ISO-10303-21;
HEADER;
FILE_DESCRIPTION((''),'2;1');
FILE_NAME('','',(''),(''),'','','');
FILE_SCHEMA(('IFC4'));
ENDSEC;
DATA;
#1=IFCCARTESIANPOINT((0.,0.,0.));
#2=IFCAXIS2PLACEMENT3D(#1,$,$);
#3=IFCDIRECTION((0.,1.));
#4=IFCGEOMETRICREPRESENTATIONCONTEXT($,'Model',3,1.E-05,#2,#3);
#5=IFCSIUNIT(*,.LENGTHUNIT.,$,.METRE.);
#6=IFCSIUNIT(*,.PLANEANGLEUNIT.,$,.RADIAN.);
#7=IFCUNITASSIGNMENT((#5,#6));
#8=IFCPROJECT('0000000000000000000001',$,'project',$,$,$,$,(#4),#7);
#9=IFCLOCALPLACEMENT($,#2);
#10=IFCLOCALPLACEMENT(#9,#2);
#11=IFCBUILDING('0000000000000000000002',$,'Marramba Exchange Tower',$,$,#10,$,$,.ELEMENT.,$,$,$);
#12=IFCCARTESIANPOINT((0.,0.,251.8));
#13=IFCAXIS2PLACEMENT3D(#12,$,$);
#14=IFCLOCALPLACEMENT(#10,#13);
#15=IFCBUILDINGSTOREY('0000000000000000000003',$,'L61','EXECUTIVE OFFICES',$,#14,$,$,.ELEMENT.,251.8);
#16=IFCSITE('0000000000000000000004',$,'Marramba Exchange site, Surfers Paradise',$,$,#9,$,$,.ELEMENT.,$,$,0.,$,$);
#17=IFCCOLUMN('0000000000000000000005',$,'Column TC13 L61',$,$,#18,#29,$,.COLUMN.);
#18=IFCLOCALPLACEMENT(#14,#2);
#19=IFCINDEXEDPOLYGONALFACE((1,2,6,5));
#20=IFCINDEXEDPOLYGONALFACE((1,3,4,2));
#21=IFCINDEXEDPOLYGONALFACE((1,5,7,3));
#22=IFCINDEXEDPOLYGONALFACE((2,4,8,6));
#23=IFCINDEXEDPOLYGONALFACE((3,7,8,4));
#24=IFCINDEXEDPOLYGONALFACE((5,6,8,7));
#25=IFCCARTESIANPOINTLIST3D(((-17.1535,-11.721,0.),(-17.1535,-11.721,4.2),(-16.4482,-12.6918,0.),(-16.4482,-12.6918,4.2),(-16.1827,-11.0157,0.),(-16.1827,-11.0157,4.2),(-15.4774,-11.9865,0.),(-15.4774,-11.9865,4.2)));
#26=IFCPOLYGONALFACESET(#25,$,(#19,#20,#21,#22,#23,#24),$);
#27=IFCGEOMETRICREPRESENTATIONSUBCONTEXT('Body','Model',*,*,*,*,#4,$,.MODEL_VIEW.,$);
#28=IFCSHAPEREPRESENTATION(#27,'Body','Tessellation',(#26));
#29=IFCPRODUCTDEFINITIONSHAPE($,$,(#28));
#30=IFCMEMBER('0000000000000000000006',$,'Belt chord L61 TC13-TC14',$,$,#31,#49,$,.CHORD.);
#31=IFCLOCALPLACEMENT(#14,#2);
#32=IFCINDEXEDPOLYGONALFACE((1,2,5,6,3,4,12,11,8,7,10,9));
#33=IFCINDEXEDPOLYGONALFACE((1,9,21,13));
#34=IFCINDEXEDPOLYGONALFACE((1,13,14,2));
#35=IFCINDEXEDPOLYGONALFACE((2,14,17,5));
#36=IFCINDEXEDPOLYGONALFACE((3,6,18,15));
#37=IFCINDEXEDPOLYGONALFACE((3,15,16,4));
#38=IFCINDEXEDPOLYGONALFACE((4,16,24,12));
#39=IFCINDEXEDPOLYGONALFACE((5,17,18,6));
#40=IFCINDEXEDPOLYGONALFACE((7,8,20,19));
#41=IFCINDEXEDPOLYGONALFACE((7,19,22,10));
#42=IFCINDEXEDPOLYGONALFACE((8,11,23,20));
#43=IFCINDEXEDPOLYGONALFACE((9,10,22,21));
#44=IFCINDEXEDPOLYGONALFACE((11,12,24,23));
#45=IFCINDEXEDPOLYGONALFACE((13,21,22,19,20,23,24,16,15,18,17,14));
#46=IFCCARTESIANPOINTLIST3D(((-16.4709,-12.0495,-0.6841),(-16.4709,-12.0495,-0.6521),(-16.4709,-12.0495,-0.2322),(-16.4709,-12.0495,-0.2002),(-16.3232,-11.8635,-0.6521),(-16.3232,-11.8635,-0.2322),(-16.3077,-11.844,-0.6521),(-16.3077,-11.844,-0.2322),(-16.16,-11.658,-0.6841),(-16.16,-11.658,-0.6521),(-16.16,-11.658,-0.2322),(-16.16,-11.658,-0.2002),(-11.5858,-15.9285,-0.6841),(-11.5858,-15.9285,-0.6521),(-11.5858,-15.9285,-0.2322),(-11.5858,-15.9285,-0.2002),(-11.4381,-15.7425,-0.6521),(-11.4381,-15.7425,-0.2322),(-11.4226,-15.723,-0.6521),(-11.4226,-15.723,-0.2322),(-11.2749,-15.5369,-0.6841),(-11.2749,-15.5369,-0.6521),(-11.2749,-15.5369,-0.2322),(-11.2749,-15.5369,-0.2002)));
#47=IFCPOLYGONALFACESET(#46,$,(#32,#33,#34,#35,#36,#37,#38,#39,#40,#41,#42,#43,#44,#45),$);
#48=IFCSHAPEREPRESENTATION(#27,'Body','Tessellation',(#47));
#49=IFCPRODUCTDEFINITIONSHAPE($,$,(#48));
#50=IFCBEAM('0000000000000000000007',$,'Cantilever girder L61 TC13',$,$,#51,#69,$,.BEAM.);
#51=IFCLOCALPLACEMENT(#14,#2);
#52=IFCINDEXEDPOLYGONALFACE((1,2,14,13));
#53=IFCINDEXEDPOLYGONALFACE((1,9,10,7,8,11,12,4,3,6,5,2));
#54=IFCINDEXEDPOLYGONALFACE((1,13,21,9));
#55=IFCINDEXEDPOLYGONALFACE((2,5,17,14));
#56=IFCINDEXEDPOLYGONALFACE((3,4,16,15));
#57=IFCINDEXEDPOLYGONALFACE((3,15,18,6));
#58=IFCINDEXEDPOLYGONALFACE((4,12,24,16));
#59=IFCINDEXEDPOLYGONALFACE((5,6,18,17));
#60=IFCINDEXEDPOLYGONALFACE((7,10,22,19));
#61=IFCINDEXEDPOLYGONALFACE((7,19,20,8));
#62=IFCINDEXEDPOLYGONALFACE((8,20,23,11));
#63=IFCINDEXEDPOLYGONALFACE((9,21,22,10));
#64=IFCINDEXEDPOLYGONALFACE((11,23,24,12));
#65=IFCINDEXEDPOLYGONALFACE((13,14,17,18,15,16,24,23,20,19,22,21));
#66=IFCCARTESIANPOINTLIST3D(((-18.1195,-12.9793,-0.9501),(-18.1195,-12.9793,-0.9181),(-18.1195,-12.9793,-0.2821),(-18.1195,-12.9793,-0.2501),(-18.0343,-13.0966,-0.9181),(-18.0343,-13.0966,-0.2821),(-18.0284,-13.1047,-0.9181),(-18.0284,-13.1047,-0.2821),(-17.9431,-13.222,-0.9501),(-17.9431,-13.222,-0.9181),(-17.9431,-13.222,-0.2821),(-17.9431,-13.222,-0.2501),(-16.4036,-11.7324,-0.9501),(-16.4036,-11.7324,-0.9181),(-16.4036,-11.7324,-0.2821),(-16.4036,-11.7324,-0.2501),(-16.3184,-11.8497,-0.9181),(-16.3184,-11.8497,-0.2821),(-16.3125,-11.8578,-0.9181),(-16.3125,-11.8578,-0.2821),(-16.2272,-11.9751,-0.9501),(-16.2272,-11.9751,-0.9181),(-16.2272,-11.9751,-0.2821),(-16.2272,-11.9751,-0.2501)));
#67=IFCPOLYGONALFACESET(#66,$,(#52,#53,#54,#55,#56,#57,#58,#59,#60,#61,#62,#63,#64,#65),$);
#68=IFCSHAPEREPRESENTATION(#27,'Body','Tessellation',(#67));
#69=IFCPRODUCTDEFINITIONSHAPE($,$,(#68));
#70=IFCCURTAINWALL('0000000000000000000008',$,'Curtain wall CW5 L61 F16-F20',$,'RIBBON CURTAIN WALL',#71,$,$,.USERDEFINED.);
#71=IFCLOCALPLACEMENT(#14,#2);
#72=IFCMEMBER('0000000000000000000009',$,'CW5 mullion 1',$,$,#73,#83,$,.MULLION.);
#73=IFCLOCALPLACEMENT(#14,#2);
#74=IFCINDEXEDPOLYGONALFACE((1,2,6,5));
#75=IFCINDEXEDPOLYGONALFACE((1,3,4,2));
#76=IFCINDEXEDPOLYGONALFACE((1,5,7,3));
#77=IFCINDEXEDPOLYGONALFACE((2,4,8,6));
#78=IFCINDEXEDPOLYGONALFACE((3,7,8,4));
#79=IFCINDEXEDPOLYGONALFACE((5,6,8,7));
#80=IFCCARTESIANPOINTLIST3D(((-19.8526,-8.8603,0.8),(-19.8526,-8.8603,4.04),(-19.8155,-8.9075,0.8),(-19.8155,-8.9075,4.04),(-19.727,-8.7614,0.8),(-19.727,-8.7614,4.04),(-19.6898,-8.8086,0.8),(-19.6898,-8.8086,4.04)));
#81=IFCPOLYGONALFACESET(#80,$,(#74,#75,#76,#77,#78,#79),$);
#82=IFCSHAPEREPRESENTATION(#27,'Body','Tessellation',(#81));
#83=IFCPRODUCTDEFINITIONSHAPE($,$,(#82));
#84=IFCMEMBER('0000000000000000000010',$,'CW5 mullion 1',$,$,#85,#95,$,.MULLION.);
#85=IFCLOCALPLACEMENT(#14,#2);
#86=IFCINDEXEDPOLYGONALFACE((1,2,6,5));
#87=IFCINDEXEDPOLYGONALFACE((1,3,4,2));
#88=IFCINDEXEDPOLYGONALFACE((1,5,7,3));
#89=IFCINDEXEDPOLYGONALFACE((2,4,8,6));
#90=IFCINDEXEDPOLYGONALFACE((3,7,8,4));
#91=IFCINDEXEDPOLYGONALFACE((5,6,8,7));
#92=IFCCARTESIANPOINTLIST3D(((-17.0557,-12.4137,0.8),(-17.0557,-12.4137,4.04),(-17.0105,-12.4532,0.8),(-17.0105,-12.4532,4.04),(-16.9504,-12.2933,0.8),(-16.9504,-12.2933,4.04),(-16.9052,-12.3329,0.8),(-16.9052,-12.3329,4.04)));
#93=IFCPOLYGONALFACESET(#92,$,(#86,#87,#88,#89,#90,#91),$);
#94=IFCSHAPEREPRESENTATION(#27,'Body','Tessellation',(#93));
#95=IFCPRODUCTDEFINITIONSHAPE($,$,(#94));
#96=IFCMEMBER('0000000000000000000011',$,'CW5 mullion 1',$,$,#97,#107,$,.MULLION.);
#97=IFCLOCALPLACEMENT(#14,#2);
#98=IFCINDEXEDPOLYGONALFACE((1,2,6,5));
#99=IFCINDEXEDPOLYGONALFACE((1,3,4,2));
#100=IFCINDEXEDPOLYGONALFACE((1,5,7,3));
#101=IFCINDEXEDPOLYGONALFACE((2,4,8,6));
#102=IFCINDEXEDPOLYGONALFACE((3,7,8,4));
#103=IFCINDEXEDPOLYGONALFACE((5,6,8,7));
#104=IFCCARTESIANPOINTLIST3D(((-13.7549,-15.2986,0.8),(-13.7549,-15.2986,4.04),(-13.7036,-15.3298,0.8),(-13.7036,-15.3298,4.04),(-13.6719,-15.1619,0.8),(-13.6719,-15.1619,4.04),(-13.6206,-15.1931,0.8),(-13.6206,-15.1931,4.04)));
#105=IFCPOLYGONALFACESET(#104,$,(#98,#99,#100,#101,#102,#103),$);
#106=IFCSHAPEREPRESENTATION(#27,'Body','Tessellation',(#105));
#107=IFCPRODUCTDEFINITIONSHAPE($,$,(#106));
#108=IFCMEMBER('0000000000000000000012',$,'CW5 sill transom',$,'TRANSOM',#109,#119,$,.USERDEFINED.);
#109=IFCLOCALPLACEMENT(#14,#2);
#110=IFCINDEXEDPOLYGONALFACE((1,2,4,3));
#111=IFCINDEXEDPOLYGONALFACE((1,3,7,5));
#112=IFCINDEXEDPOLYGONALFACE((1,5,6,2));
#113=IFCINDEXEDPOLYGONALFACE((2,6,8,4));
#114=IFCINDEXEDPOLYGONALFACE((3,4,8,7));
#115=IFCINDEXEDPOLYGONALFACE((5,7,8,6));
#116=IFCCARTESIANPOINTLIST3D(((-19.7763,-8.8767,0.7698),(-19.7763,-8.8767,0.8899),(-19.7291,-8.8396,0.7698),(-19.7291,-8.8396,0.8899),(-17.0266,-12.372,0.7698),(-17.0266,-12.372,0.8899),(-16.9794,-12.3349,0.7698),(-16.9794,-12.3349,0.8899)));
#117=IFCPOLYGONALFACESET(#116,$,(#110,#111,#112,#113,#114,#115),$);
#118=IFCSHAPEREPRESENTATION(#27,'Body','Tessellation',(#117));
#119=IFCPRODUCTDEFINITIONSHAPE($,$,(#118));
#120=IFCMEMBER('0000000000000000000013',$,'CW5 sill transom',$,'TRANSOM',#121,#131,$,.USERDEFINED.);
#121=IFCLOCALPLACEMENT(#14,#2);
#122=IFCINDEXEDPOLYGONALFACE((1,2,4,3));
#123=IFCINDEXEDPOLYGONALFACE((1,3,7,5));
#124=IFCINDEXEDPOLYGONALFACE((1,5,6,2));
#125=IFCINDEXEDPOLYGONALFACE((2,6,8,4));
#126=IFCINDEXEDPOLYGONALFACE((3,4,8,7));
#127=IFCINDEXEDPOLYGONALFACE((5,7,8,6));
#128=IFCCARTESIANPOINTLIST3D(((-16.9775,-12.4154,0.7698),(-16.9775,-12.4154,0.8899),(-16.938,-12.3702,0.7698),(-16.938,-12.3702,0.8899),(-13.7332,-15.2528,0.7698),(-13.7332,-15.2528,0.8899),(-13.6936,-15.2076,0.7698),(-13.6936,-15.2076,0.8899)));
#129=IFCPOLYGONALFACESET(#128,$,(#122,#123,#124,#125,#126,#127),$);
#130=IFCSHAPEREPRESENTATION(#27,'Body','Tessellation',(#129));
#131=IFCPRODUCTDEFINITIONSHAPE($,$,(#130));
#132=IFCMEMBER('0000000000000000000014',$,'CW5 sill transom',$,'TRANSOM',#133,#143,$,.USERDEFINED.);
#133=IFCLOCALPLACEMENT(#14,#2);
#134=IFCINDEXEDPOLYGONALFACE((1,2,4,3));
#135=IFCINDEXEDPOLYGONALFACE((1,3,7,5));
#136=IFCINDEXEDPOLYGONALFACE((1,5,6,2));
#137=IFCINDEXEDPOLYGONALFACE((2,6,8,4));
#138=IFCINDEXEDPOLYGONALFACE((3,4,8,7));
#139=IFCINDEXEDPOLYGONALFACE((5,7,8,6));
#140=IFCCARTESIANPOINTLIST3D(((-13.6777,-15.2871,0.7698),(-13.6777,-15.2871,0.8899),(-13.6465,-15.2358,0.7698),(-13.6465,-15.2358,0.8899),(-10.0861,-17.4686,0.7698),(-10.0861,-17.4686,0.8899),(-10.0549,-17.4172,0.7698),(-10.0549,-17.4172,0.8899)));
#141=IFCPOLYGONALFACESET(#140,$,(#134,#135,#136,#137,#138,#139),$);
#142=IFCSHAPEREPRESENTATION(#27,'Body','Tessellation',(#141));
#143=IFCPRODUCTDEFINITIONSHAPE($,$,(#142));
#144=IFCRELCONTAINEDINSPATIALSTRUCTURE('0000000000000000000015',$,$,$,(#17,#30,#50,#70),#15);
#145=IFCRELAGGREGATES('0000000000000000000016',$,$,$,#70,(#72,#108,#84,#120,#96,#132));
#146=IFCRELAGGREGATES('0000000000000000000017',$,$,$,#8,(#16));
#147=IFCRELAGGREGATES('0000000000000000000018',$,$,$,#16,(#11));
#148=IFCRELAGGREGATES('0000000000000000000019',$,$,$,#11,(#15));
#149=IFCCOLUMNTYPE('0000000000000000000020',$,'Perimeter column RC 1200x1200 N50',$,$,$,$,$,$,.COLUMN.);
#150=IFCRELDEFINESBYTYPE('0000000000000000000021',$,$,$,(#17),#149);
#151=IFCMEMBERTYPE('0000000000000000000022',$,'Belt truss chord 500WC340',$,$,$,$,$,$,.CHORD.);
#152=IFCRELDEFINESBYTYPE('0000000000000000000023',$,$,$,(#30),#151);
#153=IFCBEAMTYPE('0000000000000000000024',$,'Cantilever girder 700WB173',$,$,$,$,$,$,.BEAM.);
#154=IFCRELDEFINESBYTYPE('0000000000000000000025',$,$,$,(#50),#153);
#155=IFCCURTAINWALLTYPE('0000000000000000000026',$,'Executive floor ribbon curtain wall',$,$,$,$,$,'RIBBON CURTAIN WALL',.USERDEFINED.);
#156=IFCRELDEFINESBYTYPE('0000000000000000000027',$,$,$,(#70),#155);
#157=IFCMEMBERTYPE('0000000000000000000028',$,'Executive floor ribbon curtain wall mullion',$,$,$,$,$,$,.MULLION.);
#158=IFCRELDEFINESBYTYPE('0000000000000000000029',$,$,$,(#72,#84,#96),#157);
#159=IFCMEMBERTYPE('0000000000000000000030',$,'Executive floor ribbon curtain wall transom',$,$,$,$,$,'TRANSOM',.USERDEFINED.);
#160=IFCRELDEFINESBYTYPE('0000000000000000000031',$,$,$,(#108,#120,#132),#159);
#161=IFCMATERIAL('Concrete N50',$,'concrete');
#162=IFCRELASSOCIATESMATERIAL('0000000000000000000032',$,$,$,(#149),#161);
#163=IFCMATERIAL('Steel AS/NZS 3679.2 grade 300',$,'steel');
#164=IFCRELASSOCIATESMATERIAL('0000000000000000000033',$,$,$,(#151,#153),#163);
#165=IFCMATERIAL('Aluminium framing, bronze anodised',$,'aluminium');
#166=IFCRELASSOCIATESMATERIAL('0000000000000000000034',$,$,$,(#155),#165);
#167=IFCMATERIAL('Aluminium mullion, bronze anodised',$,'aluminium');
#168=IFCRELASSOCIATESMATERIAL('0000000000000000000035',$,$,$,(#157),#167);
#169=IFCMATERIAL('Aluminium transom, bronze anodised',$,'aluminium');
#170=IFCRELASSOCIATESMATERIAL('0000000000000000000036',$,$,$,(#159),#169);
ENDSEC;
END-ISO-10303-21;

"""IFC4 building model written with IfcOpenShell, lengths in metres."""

from ifc_helpers import new_model, si_unit, direction, frame, origin, origin_2d, place, context, subcontext, project, spatial, rectangle, i_section, extrude, material, material_profile, profile_set, type_object, element, aggregate, save


model = new_model("IFC4")

# Units and contexts
model_context = context("Model", 3, precision=1e-05, world=origin(), true_north=direction((0.0, 1.0)))
body_context = subcontext(model_context, "Body", "Model", "MODEL_VIEW")
ifc_project = project(units=[si_unit("LENGTHUNIT", "METRE"), si_unit("PLANEANGLEUNIT", "RADIAN")], contexts=[model_context])

# Site, building, storey
site_placement = place(None, origin())
site = spatial("IfcSite", under=ifc_project, at=site_placement, Name="Marramba Exchange site, Surfers Paradise", CompositionType="ELEMENT", RefElevation=0.0)
building_placement = place(site_placement, origin())
building = spatial("IfcBuilding", under=site, at=building_placement, Name="Marramba Exchange Tower", CompositionType="ELEMENT")
storey_placement = place(building_placement, frame((0.0, 0.0, 251.8)))
storey = spatial("IfcBuildingStorey", under=building, at=storey_placement, Name="L61", Description="EXECUTIVE OFFICES", CompositionType="ELEMENT", Elevation=251.8)

# Column
ifc_material_1 = material(Name="Concrete N50", Category="concrete")
ifc_material_profile_1 = material_profile(ifc_material_1, rectangle(XDim=1.2, YDim=1.2, at=origin_2d()), Name="RC 1200x1200")
ifc_profile_set_1 = profile_set([ifc_material_profile_1], Name="Concrete N50")
column_type = type_object("IfcColumnType", Name="Perimeter column RC 1200x1200 N50", PredefinedType="COLUMN", material=ifc_profile_set_1)
column_placement = place(storey_placement, frame((-16.3154, -11.8538, 0.0), z_axis=(0.0, 0.0, 1.0), x_axis=(-0.809017, -0.587785, 0.0)))
element("IfcColumn", 1, at=column_placement, inside=storey, type_object=column_type, Name="Column TC13 L61", PredefinedType="COLUMN", context=body_context, shape_type="SweptSolid", body=[
    extrude(rectangle(XDim=1.2, YDim=1.2, at=origin_2d()), origin(), (0.0, 0.0, 1.0), 4.2),
])

# Member
ifc_material_2 = material(Name="Steel AS/NZS 3679.2 grade 300", Category="steel")
ifc_material_profile_2 = material_profile(ifc_material_2, i_section(OverallWidth=0.5, OverallDepth=0.4839, WebThickness=0.0249, FlangeThickness=0.032, at=origin_2d()), Name="500WC340")
ifc_profile_set_2 = profile_set([ifc_material_profile_2], Name="Steel AS/NZS 3679.2 grade 300")
member_type_1 = type_object("IfcMemberType", Name="Belt truss chord 500WC340", PredefinedType="CHORD", material=ifc_profile_set_2)
member_1_placement = place(storey_placement, frame((-16.3154, -11.8538, -0.4421), z_axis=(0.783139, -0.621846, 0.0), x_axis=(0.621846, 0.783139, 0.0)))
element("IfcMember", 2, at=member_1_placement, inside=storey, type_object=member_type_1, Name="Belt chord L61 TC13-TC14", PredefinedType="CHORD", context=body_context, shape_type="SweptSolid", body=[
    extrude(i_section(OverallWidth=0.5, OverallDepth=0.4839, WebThickness=0.0249, FlangeThickness=0.032, at=origin_2d()), origin(), (0.0, 0.0, 1.0), 6.2378),
])

# Beam
ifc_material_profile_3 = material_profile(ifc_material_2, i_section(OverallWidth=0.3, OverallDepth=0.7, WebThickness=0.01, FlangeThickness=0.032, at=origin_2d()), Name="700WB173")
ifc_profile_set_3 = profile_set([ifc_material_profile_3], Name="Steel AS/NZS 3679.2 grade 300")
beam_type_1 = type_object("IfcBeamType", Name="Cantilever girder 700WB173", PredefinedType="BEAM", material=ifc_profile_set_3)
beam_1_placement = place(storey_placement, frame((-16.3154, -11.8538, -0.6001), z_axis=(-0.80897, -0.58785, 0.0), x_axis=(0.58785, -0.80897, 0.0)))
element("IfcBeam", 3, at=beam_1_placement, inside=storey, type_object=beam_type_1, Name="Cantilever girder L61 TC13", PredefinedType="BEAM", context=body_context, shape_type="SweptSolid", body=[
    extrude(i_section(OverallWidth=0.3, OverallDepth=0.7, WebThickness=0.01, FlangeThickness=0.032, at=origin_2d()), origin(), (0.0, 0.0, 1.0), 2.1211),
])

# Curtain wall, members
ifc_material_3 = material(Name="Aluminium framing, bronze anodised", Category="aluminium")
curtain_wall_type = type_object("IfcCurtainWallType", Name="Executive floor ribbon curtain wall", ElementType="RIBBON CURTAIN WALL", PredefinedType="USERDEFINED", material=ifc_material_3)
curtain_wall_placement = place(storey_placement, origin())
curtain_wall = element("IfcCurtainWall", 4, at=curtain_wall_placement, inside=storey, type_object=curtain_wall_type, Name="Curtain wall CW5 L61 F16-F20", ObjectType="RIBBON CURTAIN WALL", PredefinedType="USERDEFINED")
ifc_material_4 = material(Name="Aluminium mullion, bronze anodised", Category="aluminium")
ifc_material_profile_4 = material_profile(ifc_material_4, rectangle(XDim=0.1599, YDim=0.0601, at=origin_2d()), Name="CW5 mullion 60x160")
ifc_profile_set_4 = profile_set([ifc_material_profile_4], Name="Aluminium mullion, bronze anodised")
member_type_2 = type_object("IfcMemberType", Name="Executive floor ribbon curtain wall mullion", PredefinedType="MULLION", material=ifc_profile_set_4)
member_2_placement = place(storey_placement, frame((-19.7712, -8.8345, 0.8), z_axis=(0.0, 0.0, 1.0), x_axis=(0.78595, 0.618291, 0.0)))
member_2 = element("IfcMember", 5, at=member_2_placement, type_object=member_type_2, Name="CW5 mullion 1", PredefinedType="MULLION", context=body_context, shape_type="SweptSolid", body=[
    extrude(rectangle(XDim=0.1599, YDim=0.0601, at=origin_2d()), origin(), (0.0, 0.0, 1.0), 3.24),
])
member_3_placement = place(storey_placement, frame((-16.9805, -12.3733, 0.8), z_axis=(0.0, 0.0, 1.0), x_axis=(0.658305, 0.752751, 0.0)))
member_3 = element("IfcMember", 6, at=member_3_placement, type_object=member_type_2, Name="CW5 mullion 1", PredefinedType="MULLION", context=body_context, shape_type="SweptSolid", body=[
    extrude(rectangle(XDim=0.1599, YDim=0.0601, at=origin_2d()), origin(), (0.0, 0.0, 1.0), 3.24),
])
member_4_placement = place(storey_placement, frame((-13.6877, -15.2458, 0.8), z_axis=(0.0, 0.0, 1.0), x_axis=(0.519115, 0.854704, 0.0)))
member_4 = element("IfcMember", 7, at=member_4_placement, type_object=member_type_2, Name="CW5 mullion 1", PredefinedType="MULLION", context=body_context, shape_type="SweptSolid", body=[
    extrude(rectangle(XDim=0.1599, YDim=0.0601, at=origin_2d()), origin(), (0.0, 0.0, 1.0), 3.24),
])
ifc_material_5 = material(Name="Aluminium transom, bronze anodised", Category="aluminium")
ifc_material_profile_5 = material_profile(ifc_material_5, rectangle(XDim=0.0601, YDim=0.1201, at=origin_2d()), Name="CW5 transom 60x120")
ifc_profile_set_5 = profile_set([ifc_material_profile_5], Name="Aluminium transom, bronze anodised")
member_type_3 = type_object("IfcMemberType", Name="Executive floor ribbon curtain wall transom", ElementType="TRANSOM", PredefinedType="USERDEFINED", material=ifc_profile_set_5)
member_5_placement = place(storey_placement, frame((-19.7527, -8.8582, 0.8298), z_axis=(0.618294, -0.785947, 0.0), x_axis=(0.785947, 0.618294, 0.0)))
member_5 = element("IfcMember", 8, at=member_5_placement, type_object=member_type_3, Name="CW5 sill transom", ObjectType="TRANSOM", PredefinedType="USERDEFINED", context=body_context, shape_type="SweptSolid", body=[
    extrude(rectangle(XDim=0.0601, YDim=0.1201, at=origin_2d()), origin(), (0.0, 0.0, 1.0), 4.4473),
])
member_6_placement = place(storey_placement, frame((-16.9578, -12.3928, 0.8298), z_axis=(0.752742, -0.658316, 0.0), x_axis=(0.658316, 0.752742, 0.0)))
member_6 = element("IfcMember", 9, at=member_6_placement, type_object=member_type_3, Name="CW5 sill transom", ObjectType="TRANSOM", PredefinedType="USERDEFINED", context=body_context, shape_type="SweptSolid", body=[
    extrude(rectangle(XDim=0.0601, YDim=0.1201, at=origin_2d()), origin(), (0.0, 0.0, 1.0), 4.3101),
])
member_7_placement = place(storey_placement, frame((-13.6621, -15.2615, 0.8298), z_axis=(0.854702, -0.519119, 0.0), x_axis=(0.519119, 0.854702, 0.0)))
member_7 = element("IfcMember", 10, at=member_7_placement, type_object=member_type_3, Name="CW5 sill transom", ObjectType="TRANSOM", PredefinedType="USERDEFINED", context=body_context, shape_type="SweptSolid", body=[
    extrude(rectangle(XDim=0.0601, YDim=0.1201, at=origin_2d()), origin(), (0.0, 0.0, 1.0), 4.2021),
])

aggregate(curtain_wall, [member_2, member_5, member_3, member_6, member_4, member_7])

save(model, "model.ifc")
